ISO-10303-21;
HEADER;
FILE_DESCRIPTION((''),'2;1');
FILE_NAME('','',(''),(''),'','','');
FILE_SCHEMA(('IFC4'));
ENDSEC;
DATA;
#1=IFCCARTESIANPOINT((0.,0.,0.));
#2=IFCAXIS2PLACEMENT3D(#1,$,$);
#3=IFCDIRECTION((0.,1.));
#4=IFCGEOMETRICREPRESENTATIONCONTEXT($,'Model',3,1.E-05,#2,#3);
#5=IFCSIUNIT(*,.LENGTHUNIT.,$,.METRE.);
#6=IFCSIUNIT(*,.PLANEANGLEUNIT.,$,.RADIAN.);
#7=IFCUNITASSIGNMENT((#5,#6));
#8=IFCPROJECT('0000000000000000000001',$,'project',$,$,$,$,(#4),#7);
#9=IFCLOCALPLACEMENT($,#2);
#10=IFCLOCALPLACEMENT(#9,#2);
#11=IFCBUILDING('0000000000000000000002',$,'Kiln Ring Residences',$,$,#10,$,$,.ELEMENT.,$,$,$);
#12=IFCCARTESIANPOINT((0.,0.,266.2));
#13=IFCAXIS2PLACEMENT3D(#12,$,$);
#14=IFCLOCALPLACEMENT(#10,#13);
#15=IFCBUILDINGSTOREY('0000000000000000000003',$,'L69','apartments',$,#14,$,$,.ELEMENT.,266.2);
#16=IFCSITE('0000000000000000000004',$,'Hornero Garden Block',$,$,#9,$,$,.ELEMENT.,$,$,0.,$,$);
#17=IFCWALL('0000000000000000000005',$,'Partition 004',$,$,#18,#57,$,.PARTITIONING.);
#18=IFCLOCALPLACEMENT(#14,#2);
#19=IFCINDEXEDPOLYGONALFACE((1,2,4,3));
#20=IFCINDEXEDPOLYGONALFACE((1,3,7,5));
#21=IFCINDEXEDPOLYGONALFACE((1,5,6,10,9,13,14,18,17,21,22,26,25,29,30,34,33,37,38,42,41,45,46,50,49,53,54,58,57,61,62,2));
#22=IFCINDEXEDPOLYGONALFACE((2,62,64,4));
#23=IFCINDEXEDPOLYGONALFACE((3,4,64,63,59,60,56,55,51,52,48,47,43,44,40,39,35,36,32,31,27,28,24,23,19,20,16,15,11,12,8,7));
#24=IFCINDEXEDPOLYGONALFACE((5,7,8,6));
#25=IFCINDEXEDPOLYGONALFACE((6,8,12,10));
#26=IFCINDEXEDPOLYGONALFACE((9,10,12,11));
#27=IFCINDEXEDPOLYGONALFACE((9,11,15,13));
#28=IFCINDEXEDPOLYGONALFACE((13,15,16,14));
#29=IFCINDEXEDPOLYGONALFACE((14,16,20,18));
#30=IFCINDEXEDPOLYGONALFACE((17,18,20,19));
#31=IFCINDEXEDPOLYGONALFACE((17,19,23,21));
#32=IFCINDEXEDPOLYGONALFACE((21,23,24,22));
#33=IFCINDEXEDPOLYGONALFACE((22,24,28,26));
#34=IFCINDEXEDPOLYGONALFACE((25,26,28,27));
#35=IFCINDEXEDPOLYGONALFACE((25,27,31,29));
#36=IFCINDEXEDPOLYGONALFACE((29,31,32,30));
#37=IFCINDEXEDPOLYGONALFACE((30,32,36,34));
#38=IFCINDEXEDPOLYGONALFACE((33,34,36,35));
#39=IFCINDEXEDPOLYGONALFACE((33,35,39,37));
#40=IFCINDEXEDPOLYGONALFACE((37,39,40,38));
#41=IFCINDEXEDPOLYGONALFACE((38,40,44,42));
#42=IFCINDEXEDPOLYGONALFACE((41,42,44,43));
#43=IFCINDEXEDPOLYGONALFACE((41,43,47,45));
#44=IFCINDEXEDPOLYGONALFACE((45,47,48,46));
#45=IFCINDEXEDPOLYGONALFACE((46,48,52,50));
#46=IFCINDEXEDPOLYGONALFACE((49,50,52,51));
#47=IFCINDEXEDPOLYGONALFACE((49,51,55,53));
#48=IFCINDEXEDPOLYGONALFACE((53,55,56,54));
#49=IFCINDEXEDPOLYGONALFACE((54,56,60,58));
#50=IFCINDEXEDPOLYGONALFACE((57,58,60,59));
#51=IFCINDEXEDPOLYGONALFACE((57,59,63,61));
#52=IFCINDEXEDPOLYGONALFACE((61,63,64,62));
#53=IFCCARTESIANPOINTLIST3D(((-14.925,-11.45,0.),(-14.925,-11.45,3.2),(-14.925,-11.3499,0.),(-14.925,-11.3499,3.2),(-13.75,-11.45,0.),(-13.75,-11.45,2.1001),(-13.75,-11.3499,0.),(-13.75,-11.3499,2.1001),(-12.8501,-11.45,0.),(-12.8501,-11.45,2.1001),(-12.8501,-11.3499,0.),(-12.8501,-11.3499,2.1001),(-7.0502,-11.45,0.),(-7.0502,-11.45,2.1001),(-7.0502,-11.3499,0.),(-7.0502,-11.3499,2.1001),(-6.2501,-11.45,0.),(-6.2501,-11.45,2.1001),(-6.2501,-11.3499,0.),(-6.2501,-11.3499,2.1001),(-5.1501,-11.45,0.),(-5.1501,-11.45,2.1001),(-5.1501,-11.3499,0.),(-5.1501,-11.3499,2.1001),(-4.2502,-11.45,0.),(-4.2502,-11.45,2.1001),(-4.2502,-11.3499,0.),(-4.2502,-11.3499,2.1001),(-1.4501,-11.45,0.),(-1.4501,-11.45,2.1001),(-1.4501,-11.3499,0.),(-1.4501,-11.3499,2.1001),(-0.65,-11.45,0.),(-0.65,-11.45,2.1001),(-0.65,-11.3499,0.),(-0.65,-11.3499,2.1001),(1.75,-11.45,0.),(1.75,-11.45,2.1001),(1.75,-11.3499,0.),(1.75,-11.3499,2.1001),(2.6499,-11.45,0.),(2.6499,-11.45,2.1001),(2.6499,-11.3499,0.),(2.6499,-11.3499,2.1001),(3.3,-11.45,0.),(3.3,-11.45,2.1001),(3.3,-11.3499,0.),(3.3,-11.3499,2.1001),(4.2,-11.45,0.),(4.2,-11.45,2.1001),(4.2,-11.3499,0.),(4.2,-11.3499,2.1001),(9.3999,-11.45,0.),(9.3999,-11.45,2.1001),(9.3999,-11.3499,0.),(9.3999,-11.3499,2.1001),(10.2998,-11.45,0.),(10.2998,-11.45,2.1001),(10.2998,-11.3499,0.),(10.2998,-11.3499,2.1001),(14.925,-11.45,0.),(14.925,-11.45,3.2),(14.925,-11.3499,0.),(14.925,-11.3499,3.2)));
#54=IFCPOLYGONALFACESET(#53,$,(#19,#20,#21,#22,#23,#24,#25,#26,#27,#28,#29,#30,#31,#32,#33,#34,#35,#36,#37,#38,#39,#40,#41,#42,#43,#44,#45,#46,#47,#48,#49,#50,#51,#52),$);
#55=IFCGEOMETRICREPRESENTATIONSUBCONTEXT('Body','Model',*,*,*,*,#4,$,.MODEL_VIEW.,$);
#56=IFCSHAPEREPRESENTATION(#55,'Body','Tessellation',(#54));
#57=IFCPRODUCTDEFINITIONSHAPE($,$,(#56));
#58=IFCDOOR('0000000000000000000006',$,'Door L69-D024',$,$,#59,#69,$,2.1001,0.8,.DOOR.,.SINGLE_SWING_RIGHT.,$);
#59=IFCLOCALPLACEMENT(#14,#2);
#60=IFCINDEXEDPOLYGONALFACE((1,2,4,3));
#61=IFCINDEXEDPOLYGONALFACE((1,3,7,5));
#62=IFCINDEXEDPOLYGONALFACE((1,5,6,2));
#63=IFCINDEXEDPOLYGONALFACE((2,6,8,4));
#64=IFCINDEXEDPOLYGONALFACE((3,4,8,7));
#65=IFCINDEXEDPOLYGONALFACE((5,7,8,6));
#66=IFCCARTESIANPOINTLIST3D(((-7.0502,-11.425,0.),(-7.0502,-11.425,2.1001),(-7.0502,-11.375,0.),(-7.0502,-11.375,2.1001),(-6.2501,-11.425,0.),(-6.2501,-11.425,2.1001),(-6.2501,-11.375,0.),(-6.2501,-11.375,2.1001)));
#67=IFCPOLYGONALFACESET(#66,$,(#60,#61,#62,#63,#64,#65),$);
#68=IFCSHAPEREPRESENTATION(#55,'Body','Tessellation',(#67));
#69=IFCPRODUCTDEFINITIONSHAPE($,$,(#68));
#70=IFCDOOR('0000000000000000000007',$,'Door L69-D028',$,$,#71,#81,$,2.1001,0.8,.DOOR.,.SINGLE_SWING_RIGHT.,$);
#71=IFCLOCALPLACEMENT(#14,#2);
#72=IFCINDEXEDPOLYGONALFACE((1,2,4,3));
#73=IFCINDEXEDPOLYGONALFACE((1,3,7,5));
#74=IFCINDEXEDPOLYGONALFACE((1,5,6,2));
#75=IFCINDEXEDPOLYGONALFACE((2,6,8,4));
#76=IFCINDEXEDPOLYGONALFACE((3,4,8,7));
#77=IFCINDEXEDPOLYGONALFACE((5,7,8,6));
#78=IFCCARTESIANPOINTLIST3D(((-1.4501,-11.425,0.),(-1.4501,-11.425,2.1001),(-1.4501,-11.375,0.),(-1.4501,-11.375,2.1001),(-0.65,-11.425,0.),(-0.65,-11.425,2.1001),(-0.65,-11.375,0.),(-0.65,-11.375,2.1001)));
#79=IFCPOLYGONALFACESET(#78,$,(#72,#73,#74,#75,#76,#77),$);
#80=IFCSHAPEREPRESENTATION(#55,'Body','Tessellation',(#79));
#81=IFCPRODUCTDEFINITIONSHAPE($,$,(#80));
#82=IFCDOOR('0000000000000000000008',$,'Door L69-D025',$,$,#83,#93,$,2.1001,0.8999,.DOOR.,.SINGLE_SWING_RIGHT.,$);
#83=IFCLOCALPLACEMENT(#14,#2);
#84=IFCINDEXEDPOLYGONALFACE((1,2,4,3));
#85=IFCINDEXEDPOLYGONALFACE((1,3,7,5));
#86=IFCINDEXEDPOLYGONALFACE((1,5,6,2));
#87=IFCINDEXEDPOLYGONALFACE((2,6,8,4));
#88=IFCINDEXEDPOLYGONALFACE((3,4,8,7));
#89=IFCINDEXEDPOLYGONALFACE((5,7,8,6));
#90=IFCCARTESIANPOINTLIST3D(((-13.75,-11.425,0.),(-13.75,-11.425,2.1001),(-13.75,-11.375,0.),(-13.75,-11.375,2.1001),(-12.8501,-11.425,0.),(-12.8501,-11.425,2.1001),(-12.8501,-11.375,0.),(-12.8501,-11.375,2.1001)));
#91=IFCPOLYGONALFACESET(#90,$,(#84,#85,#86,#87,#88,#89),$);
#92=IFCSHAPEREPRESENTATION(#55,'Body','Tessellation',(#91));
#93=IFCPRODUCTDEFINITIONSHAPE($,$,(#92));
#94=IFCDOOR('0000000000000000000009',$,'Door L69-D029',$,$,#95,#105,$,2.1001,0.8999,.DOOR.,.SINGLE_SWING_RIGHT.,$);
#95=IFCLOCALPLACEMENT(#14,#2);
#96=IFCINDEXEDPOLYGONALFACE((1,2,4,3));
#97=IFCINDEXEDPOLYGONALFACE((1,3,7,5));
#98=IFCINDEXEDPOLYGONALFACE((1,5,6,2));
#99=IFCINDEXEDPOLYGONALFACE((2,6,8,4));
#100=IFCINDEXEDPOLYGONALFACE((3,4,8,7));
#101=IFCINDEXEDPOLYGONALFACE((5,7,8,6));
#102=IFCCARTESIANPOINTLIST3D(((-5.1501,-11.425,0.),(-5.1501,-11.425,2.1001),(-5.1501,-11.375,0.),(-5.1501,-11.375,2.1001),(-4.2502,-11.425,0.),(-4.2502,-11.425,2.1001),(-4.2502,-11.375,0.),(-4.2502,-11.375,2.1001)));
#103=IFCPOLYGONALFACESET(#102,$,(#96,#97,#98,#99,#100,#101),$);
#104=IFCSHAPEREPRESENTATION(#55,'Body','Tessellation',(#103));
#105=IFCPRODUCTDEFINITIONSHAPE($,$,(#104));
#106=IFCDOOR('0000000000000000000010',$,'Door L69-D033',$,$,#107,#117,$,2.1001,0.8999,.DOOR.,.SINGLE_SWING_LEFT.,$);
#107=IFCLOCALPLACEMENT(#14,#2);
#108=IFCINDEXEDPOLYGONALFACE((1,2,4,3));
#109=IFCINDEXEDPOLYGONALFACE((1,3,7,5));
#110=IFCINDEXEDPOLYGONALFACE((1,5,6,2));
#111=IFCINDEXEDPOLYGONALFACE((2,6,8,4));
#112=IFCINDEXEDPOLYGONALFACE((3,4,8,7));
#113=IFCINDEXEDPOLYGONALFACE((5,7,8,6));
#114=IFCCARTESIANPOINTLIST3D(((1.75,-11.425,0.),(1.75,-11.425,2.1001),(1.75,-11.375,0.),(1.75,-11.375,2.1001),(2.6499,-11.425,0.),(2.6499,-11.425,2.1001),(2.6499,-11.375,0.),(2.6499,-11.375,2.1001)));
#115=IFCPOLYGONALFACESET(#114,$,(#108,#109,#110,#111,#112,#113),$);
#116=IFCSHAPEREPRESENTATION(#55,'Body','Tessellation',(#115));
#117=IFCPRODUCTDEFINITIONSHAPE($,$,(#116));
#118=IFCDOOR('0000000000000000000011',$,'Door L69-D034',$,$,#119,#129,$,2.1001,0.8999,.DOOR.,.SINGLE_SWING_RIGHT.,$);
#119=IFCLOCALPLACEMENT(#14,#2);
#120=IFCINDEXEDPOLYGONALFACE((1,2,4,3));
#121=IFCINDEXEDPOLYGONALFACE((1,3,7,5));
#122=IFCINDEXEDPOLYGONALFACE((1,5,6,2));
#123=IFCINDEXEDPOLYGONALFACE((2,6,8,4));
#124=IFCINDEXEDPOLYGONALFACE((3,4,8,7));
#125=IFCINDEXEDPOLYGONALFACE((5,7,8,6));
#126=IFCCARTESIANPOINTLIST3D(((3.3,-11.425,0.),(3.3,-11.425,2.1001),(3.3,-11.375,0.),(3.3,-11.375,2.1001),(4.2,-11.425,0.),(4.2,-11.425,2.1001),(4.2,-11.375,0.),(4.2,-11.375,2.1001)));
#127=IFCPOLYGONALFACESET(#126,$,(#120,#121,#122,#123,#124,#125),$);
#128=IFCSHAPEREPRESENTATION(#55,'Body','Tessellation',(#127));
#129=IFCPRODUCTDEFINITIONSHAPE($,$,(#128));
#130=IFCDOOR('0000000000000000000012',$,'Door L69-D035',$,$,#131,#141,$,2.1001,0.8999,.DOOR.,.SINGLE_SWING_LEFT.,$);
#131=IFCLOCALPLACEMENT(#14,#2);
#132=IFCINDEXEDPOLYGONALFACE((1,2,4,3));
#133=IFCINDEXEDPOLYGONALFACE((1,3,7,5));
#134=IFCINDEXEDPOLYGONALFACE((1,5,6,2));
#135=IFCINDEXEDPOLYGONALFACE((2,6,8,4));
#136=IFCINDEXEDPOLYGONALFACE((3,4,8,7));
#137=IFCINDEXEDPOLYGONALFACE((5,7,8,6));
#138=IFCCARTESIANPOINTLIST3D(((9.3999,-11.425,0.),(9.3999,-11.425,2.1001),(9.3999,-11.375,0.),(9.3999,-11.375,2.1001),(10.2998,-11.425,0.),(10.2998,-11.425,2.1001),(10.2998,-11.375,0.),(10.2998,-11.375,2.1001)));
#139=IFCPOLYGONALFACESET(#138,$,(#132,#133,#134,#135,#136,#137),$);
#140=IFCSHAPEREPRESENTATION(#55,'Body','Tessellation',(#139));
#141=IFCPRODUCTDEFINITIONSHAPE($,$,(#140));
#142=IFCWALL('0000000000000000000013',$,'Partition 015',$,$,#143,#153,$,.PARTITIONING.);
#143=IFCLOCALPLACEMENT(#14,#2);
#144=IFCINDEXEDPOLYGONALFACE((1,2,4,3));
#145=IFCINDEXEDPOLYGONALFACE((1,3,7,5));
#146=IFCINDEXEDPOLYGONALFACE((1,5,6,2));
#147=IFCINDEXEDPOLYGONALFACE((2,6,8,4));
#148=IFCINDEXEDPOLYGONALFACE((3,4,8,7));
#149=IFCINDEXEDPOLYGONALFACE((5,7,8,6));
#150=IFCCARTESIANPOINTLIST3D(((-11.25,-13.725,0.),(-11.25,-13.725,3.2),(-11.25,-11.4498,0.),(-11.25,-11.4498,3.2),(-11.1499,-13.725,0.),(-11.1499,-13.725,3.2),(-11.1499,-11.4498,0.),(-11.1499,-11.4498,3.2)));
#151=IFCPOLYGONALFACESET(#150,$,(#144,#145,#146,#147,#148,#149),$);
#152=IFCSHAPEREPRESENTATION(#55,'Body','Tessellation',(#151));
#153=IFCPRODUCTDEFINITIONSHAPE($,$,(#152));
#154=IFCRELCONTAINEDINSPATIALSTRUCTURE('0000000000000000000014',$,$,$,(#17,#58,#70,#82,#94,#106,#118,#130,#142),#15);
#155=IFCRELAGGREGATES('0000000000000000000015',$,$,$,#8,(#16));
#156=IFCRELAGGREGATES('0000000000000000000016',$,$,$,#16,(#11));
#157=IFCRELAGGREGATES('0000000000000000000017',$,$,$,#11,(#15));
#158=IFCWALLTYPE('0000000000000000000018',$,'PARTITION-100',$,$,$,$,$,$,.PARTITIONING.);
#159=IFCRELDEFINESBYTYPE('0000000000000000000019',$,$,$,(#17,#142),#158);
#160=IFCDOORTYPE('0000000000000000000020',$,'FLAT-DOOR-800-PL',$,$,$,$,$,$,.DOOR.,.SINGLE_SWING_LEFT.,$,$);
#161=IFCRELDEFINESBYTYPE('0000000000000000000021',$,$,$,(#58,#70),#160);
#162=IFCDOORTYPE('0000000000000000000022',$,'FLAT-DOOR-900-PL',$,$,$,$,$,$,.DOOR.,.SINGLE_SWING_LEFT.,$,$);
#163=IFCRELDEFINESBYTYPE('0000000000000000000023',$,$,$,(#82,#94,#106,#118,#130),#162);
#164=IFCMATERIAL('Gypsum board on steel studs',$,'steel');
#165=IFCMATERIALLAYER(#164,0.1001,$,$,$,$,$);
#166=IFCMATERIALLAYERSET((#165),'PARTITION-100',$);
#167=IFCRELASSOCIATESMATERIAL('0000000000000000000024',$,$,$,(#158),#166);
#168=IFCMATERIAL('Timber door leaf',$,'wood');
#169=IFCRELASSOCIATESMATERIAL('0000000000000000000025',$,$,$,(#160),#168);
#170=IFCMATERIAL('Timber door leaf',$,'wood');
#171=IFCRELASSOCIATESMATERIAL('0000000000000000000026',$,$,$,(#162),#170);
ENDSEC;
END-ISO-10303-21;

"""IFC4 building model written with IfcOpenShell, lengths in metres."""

from ifc_helpers import new_model, si_unit, direction, frame, frame_2d, origin, place, context, subcontext, project, spatial, rectangle, extrude, material, layer, layer_set, type_object, element, fill, save


model = new_model("IFC4")

# Units and contexts
model_context = context("Model", 3, precision=1e-05, world=origin(), true_north=direction((0.0, 1.0)))
body_context = subcontext(model_context, "Body", "Model", "MODEL_VIEW")
ifc_project = project(units=[si_unit("LENGTHUNIT", "METRE"), si_unit("PLANEANGLEUNIT", "RADIAN")], contexts=[model_context])

# Site, building, storey
site_placement = place(None, origin())
site = spatial("IfcSite", under=ifc_project, at=site_placement, Name="Hornero Garden Block", CompositionType="ELEMENT", RefElevation=0.0)
building_placement = place(site_placement, origin())
building = spatial("IfcBuilding", under=site, at=building_placement, Name="Kiln Ring Residences", CompositionType="ELEMENT")
storey_placement = place(building_placement, frame((0.0, 0.0, 266.2)))
storey = spatial("IfcBuildingStorey", under=building, at=storey_placement, Name="L69", Description="apartments", CompositionType="ELEMENT", Elevation=266.2)

# Wall, openings, doors
ifc_material_1 = material(Name="Gypsum board on steel studs", Category="steel")
ifc_layer_1 = layer(ifc_material_1, 0.1001)
ifc_layer_set_1 = layer_set([ifc_layer_1], Name="PARTITION-100")
wall_type_1 = type_object("IfcWallType", Name="PARTITION-100", PredefinedType="PARTITIONING", material=ifc_layer_set_1)
wall_1_placement = place(storey_placement, frame((-14.925, -11.3999, 0.0), z_axis=(0.0, 0.0, 1.0), x_axis=(1.0, 0.0, 0.0)))
wall_1 = element("IfcWall", 1, at=wall_1_placement, inside=storey, type_object=wall_type_1, Name="Partition 004", PredefinedType="PARTITIONING", context=body_context, shape_type="SweptSolid", body=[
    extrude(rectangle(XDim=29.8501, YDim=0.1001, at=frame_2d((14.925, 0.0))), origin(), (0.0, 0.0, 1.0), 3.2),
])
opening_1_placement = place(wall_1_placement, frame((7.875, 0.0, 0.0)))
opening_1 = element("IfcOpeningElement", 2, at=opening_1_placement, cuts=wall_1, PredefinedType="OPENING", context=body_context, shape_type="SweptSolid", body=[
    extrude(rectangle(XDim=0.8, YDim=2.1001, at=frame_2d((0.3999, 1.05))), frame((0.0, 0.0601, 0.0), z_axis=(0.0, -1.0, 0.0), x_axis=(1.0, 0.0, 0.0)), (0.0, 0.0, 1.0), 0.1201),
])
opening_2_placement = place(wall_1_placement, frame((1.175, 0.0, 0.0)))
opening_2 = element("IfcOpeningElement", 3, at=opening_2_placement, cuts=wall_1, PredefinedType="OPENING", context=body_context, shape_type="SweptSolid", body=[
    extrude(rectangle(XDim=0.8999, YDim=2.1001, at=frame_2d((0.45, 1.05))), frame((0.0, 0.0601, 0.0), z_axis=(0.0, -1.0, 0.0), x_axis=(1.0, 0.0, 0.0)), (0.0, 0.0, 1.0), 0.1201),
])
opening_3_placement = place(wall_1_placement, frame((13.4751, 0.0, 0.0)))
opening_3 = element("IfcOpeningElement", 4, at=opening_3_placement, cuts=wall_1, PredefinedType="OPENING", context=body_context, shape_type="SweptSolid", body=[
    extrude(rectangle(XDim=0.8, YDim=2.1001, at=frame_2d((0.3999, 1.05))), frame((0.0, 0.0601, 0.0), z_axis=(0.0, -1.0, 0.0), x_axis=(1.0, 0.0, 0.0)), (0.0, 0.0, 1.0), 0.1201),
])
opening_4_placement = place(wall_1_placement, frame((9.7749, 0.0, 0.0)))
opening_4 = element("IfcOpeningElement", 5, at=opening_4_placement, cuts=wall_1, PredefinedType="OPENING", context=body_context, shape_type="SweptSolid", body=[
    extrude(rectangle(XDim=0.8999, YDim=2.1001, at=frame_2d((0.45, 1.05))), frame((0.0, 0.0601, 0.0), z_axis=(0.0, -1.0, 0.0), x_axis=(1.0, 0.0, 0.0)), (0.0, 0.0, 1.0), 0.1201),
])
opening_5_placement = place(wall_1_placement, frame((16.675, 0.0, 0.0)))
opening_5 = element("IfcOpeningElement", 6, at=opening_5_placement, cuts=wall_1, PredefinedType="OPENING", context=body_context, shape_type="SweptSolid", body=[
    extrude(rectangle(XDim=0.8999, YDim=2.1001, at=frame_2d((0.45, 1.05))), frame((0.0, 0.0601, 0.0), z_axis=(0.0, -1.0, 0.0), x_axis=(1.0, 0.0, 0.0)), (0.0, 0.0, 1.0), 0.1201),
])
opening_6_placement = place(wall_1_placement, frame((18.2251, 0.0, 0.0)))
opening_6 = element("IfcOpeningElement", 7, at=opening_6_placement, cuts=wall_1, PredefinedType="OPENING", context=body_context, shape_type="SweptSolid", body=[
    extrude(rectangle(XDim=0.8999, YDim=2.1001, at=frame_2d((0.45, 1.05))), frame((0.0, 0.0601, 0.0), z_axis=(0.0, -1.0, 0.0), x_axis=(1.0, 0.0, 0.0)), (0.0, 0.0, 1.0), 0.1201),
])
opening_7_placement = place(wall_1_placement, frame((24.325, 0.0, 0.0)))
opening_7 = element("IfcOpeningElement", 8, at=opening_7_placement, cuts=wall_1, PredefinedType="OPENING", context=body_context, shape_type="SweptSolid", body=[
    extrude(rectangle(XDim=0.8999, YDim=2.1001, at=frame_2d((0.45, 1.05))), frame((0.0, 0.0601, 0.0), z_axis=(0.0, -1.0, 0.0), x_axis=(1.0, 0.0, 0.0)), (0.0, 0.0, 1.0), 0.1201),
])
ifc_material_2 = material(Name="Timber door leaf", Category="wood")
door_type_1 = type_object("IfcDoorType", Name="FLAT-DOOR-800-PL", OperationType="SINGLE_SWING_LEFT", PredefinedType="DOOR", material=ifc_material_2)
door_1_placement = place(opening_1_placement, origin())
door_1 = element("IfcDoor", 9, at=door_1_placement, inside=storey, type_object=door_type_1, Name="Door L69-D024", OperationType="SINGLE_SWING_RIGHT", OverallHeight=2.1001, OverallWidth=0.8, PredefinedType="DOOR", context=body_context, shape_type="SweptSolid", body=[
    extrude(rectangle(XDim=0.8, YDim=2.1001, at=frame_2d((0.3999, 1.05))), frame((0.0, 0.0249, 0.0), z_axis=(0.0, -1.0, 0.0), x_axis=(1.0, 0.0, 0.0)), (0.0, 0.0, 1.0), 0.05),
])
fill(opening_1, door_1)
door_2_placement = place(opening_3_placement, origin())
door_2 = element("IfcDoor", 10, at=door_2_placement, inside=storey, type_object=door_type_1, Name="Door L69-D028", OperationType="SINGLE_SWING_RIGHT", OverallHeight=2.1001, OverallWidth=0.8, PredefinedType="DOOR", context=body_context, shape_type="SweptSolid", body=[
    extrude(rectangle(XDim=0.8, YDim=2.1001, at=frame_2d((0.3999, 1.05))), frame((0.0, 0.0249, 0.0), z_axis=(0.0, -1.0, 0.0), x_axis=(1.0, 0.0, 0.0)), (0.0, 0.0, 1.0), 0.05),
])
fill(opening_3, door_2)
ifc_material_3 = material(Name="Timber door leaf", Category="wood")
door_type_2 = type_object("IfcDoorType", Name="FLAT-DOOR-900-PL", OperationType="SINGLE_SWING_LEFT", PredefinedType="DOOR", material=ifc_material_3)
door_3_placement = place(opening_2_placement, origin())
door_3 = element("IfcDoor", 11, at=door_3_placement, inside=storey, type_object=door_type_2, Name="Door L69-D025", OperationType="SINGLE_SWING_RIGHT", OverallHeight=2.1001, OverallWidth=0.8999, PredefinedType="DOOR", context=body_context, shape_type="SweptSolid", body=[
    extrude(rectangle(XDim=0.8999, YDim=2.1001, at=frame_2d((0.45, 1.05))), frame((0.0, 0.0249, 0.0), z_axis=(0.0, -1.0, 0.0), x_axis=(1.0, 0.0, 0.0)), (0.0, 0.0, 1.0), 0.05),
])
fill(opening_2, door_3)
door_4_placement = place(opening_4_placement, origin())
door_4 = element("IfcDoor", 12, at=door_4_placement, inside=storey, type_object=door_type_2, Name="Door L69-D029", OperationType="SINGLE_SWING_RIGHT", OverallHeight=2.1001, OverallWidth=0.8999, PredefinedType="DOOR", context=body_context, shape_type="SweptSolid", body=[
    extrude(rectangle(XDim=0.8999, YDim=2.1001, at=frame_2d((0.45, 1.05))), frame((0.0, 0.0249, 0.0), z_axis=(0.0, -1.0, 0.0), x_axis=(1.0, 0.0, 0.0)), (0.0, 0.0, 1.0), 0.05),
])
fill(opening_4, door_4)
door_5_placement = place(opening_5_placement, origin())
door_5 = element("IfcDoor", 13, at=door_5_placement, inside=storey, type_object=door_type_2, Name="Door L69-D033", OperationType="SINGLE_SWING_LEFT", OverallHeight=2.1001, OverallWidth=0.8999, PredefinedType="DOOR", context=body_context, shape_type="SweptSolid", body=[
    extrude(rectangle(XDim=0.8999, YDim=2.1001, at=frame_2d((0.45, 1.05))), frame((0.0, 0.0249, 0.0), z_axis=(0.0, -1.0, 0.0), x_axis=(1.0, 0.0, 0.0)), (0.0, 0.0, 1.0), 0.05),
])
fill(opening_5, door_5)
door_6_placement = place(opening_6_placement, origin())
door_6 = element("IfcDoor", 14, at=door_6_placement, inside=storey, type_object=door_type_2, Name="Door L69-D034", OperationType="SINGLE_SWING_RIGHT", OverallHeight=2.1001, OverallWidth=0.8999, PredefinedType="DOOR", context=body_context, shape_type="SweptSolid", body=[
    extrude(rectangle(XDim=0.8999, YDim=2.1001, at=frame_2d((0.45, 1.05))), frame((0.0, 0.0249, 0.0), z_axis=(0.0, -1.0, 0.0), x_axis=(1.0, 0.0, 0.0)), (0.0, 0.0, 1.0), 0.05),
])
fill(opening_6, door_6)
door_7_placement = place(opening_7_placement, origin())
door_7 = element("IfcDoor", 15, at=door_7_placement, inside=storey, type_object=door_type_2, Name="Door L69-D035", OperationType="SINGLE_SWING_LEFT", OverallHeight=2.1001, OverallWidth=0.8999, PredefinedType="DOOR", context=body_context, shape_type="SweptSolid", body=[
    extrude(rectangle(XDim=0.8999, YDim=2.1001, at=frame_2d((0.45, 1.05))), frame((0.0, 0.0249, 0.0), z_axis=(0.0, -1.0, 0.0), x_axis=(1.0, 0.0, 0.0)), (0.0, 0.0, 1.0), 0.05),
])
fill(opening_7, door_7)

# Wall
wall_2_placement = place(storey_placement, frame((-11.2, -13.7251, 0.0), z_axis=(0.0, 0.0, 1.0), x_axis=(0.0, 1.0, 0.0)))
element("IfcWall", 16, at=wall_2_placement, inside=storey, type_object=wall_type_1, Name="Partition 015", PredefinedType="PARTITIONING", context=body_context, shape_type="SweptSolid", body=[
    extrude(rectangle(XDim=2.2751, YDim=0.1001, at=frame_2d((1.1377, 0.0))), origin(), (0.0, 0.0, 1.0), 3.2),
])

save(model, "model.ifc")
